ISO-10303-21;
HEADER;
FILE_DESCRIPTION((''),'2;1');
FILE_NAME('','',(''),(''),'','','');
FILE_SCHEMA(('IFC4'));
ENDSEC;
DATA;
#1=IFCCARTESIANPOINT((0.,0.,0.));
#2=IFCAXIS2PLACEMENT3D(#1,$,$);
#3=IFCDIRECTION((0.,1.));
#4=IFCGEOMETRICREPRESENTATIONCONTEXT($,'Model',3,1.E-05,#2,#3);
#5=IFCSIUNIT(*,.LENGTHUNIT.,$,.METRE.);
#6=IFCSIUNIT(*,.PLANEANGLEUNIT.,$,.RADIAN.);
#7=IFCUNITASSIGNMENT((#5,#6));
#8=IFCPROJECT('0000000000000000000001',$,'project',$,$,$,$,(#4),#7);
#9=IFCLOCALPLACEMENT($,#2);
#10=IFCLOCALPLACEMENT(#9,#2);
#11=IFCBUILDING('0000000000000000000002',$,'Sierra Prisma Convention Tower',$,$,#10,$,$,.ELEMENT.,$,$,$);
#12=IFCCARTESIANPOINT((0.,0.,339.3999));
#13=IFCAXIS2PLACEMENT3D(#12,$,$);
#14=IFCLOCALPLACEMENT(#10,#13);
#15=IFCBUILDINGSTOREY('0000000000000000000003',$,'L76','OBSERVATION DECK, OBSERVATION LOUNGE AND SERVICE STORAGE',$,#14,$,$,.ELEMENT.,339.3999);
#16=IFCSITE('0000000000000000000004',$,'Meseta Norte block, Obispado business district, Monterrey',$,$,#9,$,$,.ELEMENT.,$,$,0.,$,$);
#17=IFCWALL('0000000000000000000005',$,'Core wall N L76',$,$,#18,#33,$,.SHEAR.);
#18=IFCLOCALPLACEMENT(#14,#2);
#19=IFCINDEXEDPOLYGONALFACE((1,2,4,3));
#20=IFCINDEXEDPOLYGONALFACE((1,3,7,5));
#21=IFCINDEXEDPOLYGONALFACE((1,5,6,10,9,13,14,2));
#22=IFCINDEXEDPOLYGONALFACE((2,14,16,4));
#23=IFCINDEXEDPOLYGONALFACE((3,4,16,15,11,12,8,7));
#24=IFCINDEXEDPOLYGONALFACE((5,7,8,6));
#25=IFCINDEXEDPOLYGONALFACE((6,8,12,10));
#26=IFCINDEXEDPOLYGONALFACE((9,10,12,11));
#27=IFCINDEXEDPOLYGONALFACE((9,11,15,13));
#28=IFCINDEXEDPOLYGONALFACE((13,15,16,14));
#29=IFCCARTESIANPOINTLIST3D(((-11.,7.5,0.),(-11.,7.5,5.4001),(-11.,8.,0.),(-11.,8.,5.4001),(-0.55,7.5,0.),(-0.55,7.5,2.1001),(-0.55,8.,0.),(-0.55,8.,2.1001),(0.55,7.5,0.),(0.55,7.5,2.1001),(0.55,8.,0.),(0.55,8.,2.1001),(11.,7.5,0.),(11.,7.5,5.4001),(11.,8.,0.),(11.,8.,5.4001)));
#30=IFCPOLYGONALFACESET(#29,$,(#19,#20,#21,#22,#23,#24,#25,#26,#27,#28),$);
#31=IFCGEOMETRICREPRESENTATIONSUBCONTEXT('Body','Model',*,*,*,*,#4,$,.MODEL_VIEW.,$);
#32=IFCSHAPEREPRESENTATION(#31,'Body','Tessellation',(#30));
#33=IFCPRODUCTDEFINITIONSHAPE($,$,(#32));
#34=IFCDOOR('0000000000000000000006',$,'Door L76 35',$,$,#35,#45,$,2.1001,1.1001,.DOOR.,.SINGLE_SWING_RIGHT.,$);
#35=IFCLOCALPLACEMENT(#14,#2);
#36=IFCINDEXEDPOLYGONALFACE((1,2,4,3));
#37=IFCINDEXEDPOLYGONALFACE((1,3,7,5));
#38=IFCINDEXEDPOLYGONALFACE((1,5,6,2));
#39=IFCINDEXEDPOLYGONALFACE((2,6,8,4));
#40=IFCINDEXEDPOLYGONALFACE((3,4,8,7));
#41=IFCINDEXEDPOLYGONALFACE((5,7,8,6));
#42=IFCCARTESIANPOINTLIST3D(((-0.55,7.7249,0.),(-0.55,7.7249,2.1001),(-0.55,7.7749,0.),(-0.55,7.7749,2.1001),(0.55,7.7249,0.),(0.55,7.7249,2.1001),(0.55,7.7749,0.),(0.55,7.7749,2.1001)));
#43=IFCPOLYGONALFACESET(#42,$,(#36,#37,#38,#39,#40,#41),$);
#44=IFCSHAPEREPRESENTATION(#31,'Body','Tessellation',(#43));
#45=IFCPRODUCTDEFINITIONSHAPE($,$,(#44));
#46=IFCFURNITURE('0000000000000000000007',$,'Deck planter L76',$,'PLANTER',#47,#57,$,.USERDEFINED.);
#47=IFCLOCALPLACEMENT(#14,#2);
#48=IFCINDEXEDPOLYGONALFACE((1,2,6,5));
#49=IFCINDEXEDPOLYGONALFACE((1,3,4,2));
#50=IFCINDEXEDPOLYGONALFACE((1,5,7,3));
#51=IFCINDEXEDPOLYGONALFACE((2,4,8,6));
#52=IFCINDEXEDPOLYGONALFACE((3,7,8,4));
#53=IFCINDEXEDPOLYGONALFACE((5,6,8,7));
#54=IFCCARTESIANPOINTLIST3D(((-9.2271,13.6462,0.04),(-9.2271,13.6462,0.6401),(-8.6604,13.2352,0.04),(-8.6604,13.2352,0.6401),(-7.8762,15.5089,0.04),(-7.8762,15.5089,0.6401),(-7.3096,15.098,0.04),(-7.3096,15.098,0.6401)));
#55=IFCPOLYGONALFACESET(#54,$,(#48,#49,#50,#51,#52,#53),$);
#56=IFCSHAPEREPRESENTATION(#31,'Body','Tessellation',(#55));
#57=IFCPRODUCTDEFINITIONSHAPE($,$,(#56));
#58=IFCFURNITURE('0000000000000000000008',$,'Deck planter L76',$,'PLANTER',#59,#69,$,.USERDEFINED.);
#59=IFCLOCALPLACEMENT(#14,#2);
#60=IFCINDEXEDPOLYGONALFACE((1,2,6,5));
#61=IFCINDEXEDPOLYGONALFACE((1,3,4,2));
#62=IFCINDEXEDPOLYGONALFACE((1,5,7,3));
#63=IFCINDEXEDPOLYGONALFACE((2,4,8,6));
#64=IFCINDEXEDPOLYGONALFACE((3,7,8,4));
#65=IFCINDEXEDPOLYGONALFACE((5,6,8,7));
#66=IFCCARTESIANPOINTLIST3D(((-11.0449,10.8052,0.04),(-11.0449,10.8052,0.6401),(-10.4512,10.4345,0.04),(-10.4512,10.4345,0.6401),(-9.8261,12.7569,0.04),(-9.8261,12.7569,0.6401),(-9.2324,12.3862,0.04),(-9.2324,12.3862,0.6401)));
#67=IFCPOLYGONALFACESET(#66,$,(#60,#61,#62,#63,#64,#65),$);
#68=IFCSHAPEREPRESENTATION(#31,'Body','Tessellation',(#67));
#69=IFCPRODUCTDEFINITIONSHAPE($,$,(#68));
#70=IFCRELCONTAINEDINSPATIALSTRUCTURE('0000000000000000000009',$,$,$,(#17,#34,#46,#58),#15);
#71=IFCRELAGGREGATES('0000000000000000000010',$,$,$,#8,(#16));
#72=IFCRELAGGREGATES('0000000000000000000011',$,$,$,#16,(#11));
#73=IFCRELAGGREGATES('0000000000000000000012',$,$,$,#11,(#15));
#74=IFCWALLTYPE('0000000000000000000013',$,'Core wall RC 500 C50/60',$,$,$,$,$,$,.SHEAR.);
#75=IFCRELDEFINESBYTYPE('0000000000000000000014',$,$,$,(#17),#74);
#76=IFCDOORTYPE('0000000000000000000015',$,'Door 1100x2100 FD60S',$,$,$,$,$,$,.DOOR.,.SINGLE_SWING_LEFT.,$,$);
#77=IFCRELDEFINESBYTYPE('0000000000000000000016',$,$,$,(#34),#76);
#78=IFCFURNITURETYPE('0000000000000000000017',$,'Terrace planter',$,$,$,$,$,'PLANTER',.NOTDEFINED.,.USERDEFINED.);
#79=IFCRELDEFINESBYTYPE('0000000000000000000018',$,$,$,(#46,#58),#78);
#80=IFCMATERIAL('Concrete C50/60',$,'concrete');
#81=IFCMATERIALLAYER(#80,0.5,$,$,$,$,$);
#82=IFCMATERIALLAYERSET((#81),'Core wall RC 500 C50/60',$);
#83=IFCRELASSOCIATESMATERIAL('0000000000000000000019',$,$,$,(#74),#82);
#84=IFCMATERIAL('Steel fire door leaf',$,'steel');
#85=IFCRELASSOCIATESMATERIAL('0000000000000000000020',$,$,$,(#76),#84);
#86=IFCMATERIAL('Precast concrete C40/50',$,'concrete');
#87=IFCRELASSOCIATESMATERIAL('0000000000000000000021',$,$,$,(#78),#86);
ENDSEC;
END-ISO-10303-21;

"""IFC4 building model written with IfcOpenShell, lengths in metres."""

from ifc_helpers import new_model, si_unit, direction, frame, frame_2d, origin, origin_2d, place, context, subcontext, project, spatial, rectangle, extrude, material, layer, layer_set, type_object, element, fill, save


model = new_model("IFC4")

# Units and contexts
model_context = context("Model", 3, precision=1e-05, world=origin(), true_north=direction((0.0, 1.0)))
body_context = subcontext(model_context, "Body", "Model", "MODEL_VIEW")
ifc_project = project(units=[si_unit("LENGTHUNIT", "METRE"), si_unit("PLANEANGLEUNIT", "RADIAN")], contexts=[model_context])

# Site, building, storey
site_placement = place(None, origin())
site = spatial("IfcSite", under=ifc_project, at=site_placement, Name="Meseta Norte block, Obispado business district, Monterrey", CompositionType="ELEMENT", RefElevation=0.0)
building_placement = place(site_placement, origin())
building = spatial("IfcBuilding", under=site, at=building_placement, Name="Sierra Prisma Convention Tower", CompositionType="ELEMENT")
storey_placement = place(building_placement, frame((0.0, 0.0, 339.3999)))
storey = spatial("IfcBuildingStorey", under=building, at=storey_placement, Name="L76", Description="OBSERVATION DECK, OBSERVATION LOUNGE AND SERVICE STORAGE", CompositionType="ELEMENT", Elevation=339.3999)

# Wall, opening, door
ifc_material_1 = material(Name="Concrete C50/60", Category="concrete")
ifc_layer_1 = layer(ifc_material_1, 0.5)
ifc_layer_set_1 = layer_set([ifc_layer_1], Name="Core wall RC 500 C50/60")
wall_type_1 = type_object("IfcWallType", Name="Core wall RC 500 C50/60", PredefinedType="SHEAR", material=ifc_layer_set_1)
wall_1_placement = place(storey_placement, frame((-11.0, 7.75, 0.0), z_axis=(0.0, 0.0, 1.0), x_axis=(1.0, 0.0, 0.0)))
wall_1 = element("IfcWall", 1, at=wall_1_placement, inside=storey, type_object=wall_type_1, Name="Core wall N L76", PredefinedType="SHEAR", context=body_context, shape_type="SweptSolid", body=[
    extrude(rectangle(XDim=22.0, YDim=0.5, at=frame_2d((11.0, 0.0))), origin(), (0.0, 0.0, 1.0), 5.4001),
])
opening_1_placement = place(wall_1_placement, frame((10.45, 0.0, 0.0)))
opening_1 = element("IfcOpeningElement", 2, at=opening_1_placement, cuts=wall_1, PredefinedType="OPENING", context=body_context, shape_type="SweptSolid", body=[
    extrude(rectangle(XDim=1.1001, YDim=2.1001, at=frame_2d((0.55, 1.05))), frame((0.0, 0.25, 0.0), z_axis=(0.0, -1.0, 0.0), x_axis=(1.0, 0.0, 0.0)), (0.0, 0.0, 1.0), 0.5),
])
ifc_material_2 = material(Name="Steel fire door leaf", Category="steel")
door_type_1 = type_object("IfcDoorType", Name="Door 1100x2100 FD60S", OperationType="SINGLE_SWING_LEFT", PredefinedType="DOOR", material=ifc_material_2)
door_1_placement = place(opening_1_placement, origin())
door_1 = element("IfcDoor", 3, at=door_1_placement, inside=storey, type_object=door_type_1, Name="Door L76 35", OperationType="SINGLE_SWING_RIGHT", OverallHeight=2.1001, OverallWidth=1.1001, PredefinedType="DOOR", context=body_context, shape_type="SweptSolid", body=[
    extrude(rectangle(XDim=1.1001, YDim=2.1001, at=frame_2d((0.55, 1.05))), frame((0.0, 0.0249, 0.0), z_axis=(0.0, -1.0, 0.0), x_axis=(1.0, 0.0, 0.0)), (0.0, 0.0, 1.0), 0.05),
])
fill(opening_1, door_1)

# Furniture
ifc_material_3 = material(Name="Precast concrete C40/50", Category="concrete")
furniture_type = type_object("IfcFurnitureType", Name="Terrace planter", ElementType="PLANTER", AssemblyPlace="NOTDEFINED", PredefinedType="USERDEFINED", material=ifc_material_3)
for number, where, z_axis, x_axis, name in (
    (4, (-8.2683, 14.3721, 0.04), (0.0, 0.0, 1.0), (-0.587078, -0.80953, 0.0), "Deck planter L76"),
    (5, (-10.1387, 11.5957, 0.04), (0.0, 0.0, 1.0), (-0.529672, -0.848202, 0.0), "Deck planter L76"),
):
    element("IfcFurniture", number, at=place(storey_placement, frame(where, z_axis=z_axis, x_axis=x_axis)), inside=storey, type_object=furniture_type, Name=name, ObjectType="PLANTER", PredefinedType="USERDEFINED", context=body_context, shape_type="SweptSolid", body=[
        extrude(rectangle(XDim=2.301, YDim=0.7, at=origin_2d()), origin(), (0.0, 0.0, 1.0), 0.6001),
    ])

save(model, "model.ifc")
